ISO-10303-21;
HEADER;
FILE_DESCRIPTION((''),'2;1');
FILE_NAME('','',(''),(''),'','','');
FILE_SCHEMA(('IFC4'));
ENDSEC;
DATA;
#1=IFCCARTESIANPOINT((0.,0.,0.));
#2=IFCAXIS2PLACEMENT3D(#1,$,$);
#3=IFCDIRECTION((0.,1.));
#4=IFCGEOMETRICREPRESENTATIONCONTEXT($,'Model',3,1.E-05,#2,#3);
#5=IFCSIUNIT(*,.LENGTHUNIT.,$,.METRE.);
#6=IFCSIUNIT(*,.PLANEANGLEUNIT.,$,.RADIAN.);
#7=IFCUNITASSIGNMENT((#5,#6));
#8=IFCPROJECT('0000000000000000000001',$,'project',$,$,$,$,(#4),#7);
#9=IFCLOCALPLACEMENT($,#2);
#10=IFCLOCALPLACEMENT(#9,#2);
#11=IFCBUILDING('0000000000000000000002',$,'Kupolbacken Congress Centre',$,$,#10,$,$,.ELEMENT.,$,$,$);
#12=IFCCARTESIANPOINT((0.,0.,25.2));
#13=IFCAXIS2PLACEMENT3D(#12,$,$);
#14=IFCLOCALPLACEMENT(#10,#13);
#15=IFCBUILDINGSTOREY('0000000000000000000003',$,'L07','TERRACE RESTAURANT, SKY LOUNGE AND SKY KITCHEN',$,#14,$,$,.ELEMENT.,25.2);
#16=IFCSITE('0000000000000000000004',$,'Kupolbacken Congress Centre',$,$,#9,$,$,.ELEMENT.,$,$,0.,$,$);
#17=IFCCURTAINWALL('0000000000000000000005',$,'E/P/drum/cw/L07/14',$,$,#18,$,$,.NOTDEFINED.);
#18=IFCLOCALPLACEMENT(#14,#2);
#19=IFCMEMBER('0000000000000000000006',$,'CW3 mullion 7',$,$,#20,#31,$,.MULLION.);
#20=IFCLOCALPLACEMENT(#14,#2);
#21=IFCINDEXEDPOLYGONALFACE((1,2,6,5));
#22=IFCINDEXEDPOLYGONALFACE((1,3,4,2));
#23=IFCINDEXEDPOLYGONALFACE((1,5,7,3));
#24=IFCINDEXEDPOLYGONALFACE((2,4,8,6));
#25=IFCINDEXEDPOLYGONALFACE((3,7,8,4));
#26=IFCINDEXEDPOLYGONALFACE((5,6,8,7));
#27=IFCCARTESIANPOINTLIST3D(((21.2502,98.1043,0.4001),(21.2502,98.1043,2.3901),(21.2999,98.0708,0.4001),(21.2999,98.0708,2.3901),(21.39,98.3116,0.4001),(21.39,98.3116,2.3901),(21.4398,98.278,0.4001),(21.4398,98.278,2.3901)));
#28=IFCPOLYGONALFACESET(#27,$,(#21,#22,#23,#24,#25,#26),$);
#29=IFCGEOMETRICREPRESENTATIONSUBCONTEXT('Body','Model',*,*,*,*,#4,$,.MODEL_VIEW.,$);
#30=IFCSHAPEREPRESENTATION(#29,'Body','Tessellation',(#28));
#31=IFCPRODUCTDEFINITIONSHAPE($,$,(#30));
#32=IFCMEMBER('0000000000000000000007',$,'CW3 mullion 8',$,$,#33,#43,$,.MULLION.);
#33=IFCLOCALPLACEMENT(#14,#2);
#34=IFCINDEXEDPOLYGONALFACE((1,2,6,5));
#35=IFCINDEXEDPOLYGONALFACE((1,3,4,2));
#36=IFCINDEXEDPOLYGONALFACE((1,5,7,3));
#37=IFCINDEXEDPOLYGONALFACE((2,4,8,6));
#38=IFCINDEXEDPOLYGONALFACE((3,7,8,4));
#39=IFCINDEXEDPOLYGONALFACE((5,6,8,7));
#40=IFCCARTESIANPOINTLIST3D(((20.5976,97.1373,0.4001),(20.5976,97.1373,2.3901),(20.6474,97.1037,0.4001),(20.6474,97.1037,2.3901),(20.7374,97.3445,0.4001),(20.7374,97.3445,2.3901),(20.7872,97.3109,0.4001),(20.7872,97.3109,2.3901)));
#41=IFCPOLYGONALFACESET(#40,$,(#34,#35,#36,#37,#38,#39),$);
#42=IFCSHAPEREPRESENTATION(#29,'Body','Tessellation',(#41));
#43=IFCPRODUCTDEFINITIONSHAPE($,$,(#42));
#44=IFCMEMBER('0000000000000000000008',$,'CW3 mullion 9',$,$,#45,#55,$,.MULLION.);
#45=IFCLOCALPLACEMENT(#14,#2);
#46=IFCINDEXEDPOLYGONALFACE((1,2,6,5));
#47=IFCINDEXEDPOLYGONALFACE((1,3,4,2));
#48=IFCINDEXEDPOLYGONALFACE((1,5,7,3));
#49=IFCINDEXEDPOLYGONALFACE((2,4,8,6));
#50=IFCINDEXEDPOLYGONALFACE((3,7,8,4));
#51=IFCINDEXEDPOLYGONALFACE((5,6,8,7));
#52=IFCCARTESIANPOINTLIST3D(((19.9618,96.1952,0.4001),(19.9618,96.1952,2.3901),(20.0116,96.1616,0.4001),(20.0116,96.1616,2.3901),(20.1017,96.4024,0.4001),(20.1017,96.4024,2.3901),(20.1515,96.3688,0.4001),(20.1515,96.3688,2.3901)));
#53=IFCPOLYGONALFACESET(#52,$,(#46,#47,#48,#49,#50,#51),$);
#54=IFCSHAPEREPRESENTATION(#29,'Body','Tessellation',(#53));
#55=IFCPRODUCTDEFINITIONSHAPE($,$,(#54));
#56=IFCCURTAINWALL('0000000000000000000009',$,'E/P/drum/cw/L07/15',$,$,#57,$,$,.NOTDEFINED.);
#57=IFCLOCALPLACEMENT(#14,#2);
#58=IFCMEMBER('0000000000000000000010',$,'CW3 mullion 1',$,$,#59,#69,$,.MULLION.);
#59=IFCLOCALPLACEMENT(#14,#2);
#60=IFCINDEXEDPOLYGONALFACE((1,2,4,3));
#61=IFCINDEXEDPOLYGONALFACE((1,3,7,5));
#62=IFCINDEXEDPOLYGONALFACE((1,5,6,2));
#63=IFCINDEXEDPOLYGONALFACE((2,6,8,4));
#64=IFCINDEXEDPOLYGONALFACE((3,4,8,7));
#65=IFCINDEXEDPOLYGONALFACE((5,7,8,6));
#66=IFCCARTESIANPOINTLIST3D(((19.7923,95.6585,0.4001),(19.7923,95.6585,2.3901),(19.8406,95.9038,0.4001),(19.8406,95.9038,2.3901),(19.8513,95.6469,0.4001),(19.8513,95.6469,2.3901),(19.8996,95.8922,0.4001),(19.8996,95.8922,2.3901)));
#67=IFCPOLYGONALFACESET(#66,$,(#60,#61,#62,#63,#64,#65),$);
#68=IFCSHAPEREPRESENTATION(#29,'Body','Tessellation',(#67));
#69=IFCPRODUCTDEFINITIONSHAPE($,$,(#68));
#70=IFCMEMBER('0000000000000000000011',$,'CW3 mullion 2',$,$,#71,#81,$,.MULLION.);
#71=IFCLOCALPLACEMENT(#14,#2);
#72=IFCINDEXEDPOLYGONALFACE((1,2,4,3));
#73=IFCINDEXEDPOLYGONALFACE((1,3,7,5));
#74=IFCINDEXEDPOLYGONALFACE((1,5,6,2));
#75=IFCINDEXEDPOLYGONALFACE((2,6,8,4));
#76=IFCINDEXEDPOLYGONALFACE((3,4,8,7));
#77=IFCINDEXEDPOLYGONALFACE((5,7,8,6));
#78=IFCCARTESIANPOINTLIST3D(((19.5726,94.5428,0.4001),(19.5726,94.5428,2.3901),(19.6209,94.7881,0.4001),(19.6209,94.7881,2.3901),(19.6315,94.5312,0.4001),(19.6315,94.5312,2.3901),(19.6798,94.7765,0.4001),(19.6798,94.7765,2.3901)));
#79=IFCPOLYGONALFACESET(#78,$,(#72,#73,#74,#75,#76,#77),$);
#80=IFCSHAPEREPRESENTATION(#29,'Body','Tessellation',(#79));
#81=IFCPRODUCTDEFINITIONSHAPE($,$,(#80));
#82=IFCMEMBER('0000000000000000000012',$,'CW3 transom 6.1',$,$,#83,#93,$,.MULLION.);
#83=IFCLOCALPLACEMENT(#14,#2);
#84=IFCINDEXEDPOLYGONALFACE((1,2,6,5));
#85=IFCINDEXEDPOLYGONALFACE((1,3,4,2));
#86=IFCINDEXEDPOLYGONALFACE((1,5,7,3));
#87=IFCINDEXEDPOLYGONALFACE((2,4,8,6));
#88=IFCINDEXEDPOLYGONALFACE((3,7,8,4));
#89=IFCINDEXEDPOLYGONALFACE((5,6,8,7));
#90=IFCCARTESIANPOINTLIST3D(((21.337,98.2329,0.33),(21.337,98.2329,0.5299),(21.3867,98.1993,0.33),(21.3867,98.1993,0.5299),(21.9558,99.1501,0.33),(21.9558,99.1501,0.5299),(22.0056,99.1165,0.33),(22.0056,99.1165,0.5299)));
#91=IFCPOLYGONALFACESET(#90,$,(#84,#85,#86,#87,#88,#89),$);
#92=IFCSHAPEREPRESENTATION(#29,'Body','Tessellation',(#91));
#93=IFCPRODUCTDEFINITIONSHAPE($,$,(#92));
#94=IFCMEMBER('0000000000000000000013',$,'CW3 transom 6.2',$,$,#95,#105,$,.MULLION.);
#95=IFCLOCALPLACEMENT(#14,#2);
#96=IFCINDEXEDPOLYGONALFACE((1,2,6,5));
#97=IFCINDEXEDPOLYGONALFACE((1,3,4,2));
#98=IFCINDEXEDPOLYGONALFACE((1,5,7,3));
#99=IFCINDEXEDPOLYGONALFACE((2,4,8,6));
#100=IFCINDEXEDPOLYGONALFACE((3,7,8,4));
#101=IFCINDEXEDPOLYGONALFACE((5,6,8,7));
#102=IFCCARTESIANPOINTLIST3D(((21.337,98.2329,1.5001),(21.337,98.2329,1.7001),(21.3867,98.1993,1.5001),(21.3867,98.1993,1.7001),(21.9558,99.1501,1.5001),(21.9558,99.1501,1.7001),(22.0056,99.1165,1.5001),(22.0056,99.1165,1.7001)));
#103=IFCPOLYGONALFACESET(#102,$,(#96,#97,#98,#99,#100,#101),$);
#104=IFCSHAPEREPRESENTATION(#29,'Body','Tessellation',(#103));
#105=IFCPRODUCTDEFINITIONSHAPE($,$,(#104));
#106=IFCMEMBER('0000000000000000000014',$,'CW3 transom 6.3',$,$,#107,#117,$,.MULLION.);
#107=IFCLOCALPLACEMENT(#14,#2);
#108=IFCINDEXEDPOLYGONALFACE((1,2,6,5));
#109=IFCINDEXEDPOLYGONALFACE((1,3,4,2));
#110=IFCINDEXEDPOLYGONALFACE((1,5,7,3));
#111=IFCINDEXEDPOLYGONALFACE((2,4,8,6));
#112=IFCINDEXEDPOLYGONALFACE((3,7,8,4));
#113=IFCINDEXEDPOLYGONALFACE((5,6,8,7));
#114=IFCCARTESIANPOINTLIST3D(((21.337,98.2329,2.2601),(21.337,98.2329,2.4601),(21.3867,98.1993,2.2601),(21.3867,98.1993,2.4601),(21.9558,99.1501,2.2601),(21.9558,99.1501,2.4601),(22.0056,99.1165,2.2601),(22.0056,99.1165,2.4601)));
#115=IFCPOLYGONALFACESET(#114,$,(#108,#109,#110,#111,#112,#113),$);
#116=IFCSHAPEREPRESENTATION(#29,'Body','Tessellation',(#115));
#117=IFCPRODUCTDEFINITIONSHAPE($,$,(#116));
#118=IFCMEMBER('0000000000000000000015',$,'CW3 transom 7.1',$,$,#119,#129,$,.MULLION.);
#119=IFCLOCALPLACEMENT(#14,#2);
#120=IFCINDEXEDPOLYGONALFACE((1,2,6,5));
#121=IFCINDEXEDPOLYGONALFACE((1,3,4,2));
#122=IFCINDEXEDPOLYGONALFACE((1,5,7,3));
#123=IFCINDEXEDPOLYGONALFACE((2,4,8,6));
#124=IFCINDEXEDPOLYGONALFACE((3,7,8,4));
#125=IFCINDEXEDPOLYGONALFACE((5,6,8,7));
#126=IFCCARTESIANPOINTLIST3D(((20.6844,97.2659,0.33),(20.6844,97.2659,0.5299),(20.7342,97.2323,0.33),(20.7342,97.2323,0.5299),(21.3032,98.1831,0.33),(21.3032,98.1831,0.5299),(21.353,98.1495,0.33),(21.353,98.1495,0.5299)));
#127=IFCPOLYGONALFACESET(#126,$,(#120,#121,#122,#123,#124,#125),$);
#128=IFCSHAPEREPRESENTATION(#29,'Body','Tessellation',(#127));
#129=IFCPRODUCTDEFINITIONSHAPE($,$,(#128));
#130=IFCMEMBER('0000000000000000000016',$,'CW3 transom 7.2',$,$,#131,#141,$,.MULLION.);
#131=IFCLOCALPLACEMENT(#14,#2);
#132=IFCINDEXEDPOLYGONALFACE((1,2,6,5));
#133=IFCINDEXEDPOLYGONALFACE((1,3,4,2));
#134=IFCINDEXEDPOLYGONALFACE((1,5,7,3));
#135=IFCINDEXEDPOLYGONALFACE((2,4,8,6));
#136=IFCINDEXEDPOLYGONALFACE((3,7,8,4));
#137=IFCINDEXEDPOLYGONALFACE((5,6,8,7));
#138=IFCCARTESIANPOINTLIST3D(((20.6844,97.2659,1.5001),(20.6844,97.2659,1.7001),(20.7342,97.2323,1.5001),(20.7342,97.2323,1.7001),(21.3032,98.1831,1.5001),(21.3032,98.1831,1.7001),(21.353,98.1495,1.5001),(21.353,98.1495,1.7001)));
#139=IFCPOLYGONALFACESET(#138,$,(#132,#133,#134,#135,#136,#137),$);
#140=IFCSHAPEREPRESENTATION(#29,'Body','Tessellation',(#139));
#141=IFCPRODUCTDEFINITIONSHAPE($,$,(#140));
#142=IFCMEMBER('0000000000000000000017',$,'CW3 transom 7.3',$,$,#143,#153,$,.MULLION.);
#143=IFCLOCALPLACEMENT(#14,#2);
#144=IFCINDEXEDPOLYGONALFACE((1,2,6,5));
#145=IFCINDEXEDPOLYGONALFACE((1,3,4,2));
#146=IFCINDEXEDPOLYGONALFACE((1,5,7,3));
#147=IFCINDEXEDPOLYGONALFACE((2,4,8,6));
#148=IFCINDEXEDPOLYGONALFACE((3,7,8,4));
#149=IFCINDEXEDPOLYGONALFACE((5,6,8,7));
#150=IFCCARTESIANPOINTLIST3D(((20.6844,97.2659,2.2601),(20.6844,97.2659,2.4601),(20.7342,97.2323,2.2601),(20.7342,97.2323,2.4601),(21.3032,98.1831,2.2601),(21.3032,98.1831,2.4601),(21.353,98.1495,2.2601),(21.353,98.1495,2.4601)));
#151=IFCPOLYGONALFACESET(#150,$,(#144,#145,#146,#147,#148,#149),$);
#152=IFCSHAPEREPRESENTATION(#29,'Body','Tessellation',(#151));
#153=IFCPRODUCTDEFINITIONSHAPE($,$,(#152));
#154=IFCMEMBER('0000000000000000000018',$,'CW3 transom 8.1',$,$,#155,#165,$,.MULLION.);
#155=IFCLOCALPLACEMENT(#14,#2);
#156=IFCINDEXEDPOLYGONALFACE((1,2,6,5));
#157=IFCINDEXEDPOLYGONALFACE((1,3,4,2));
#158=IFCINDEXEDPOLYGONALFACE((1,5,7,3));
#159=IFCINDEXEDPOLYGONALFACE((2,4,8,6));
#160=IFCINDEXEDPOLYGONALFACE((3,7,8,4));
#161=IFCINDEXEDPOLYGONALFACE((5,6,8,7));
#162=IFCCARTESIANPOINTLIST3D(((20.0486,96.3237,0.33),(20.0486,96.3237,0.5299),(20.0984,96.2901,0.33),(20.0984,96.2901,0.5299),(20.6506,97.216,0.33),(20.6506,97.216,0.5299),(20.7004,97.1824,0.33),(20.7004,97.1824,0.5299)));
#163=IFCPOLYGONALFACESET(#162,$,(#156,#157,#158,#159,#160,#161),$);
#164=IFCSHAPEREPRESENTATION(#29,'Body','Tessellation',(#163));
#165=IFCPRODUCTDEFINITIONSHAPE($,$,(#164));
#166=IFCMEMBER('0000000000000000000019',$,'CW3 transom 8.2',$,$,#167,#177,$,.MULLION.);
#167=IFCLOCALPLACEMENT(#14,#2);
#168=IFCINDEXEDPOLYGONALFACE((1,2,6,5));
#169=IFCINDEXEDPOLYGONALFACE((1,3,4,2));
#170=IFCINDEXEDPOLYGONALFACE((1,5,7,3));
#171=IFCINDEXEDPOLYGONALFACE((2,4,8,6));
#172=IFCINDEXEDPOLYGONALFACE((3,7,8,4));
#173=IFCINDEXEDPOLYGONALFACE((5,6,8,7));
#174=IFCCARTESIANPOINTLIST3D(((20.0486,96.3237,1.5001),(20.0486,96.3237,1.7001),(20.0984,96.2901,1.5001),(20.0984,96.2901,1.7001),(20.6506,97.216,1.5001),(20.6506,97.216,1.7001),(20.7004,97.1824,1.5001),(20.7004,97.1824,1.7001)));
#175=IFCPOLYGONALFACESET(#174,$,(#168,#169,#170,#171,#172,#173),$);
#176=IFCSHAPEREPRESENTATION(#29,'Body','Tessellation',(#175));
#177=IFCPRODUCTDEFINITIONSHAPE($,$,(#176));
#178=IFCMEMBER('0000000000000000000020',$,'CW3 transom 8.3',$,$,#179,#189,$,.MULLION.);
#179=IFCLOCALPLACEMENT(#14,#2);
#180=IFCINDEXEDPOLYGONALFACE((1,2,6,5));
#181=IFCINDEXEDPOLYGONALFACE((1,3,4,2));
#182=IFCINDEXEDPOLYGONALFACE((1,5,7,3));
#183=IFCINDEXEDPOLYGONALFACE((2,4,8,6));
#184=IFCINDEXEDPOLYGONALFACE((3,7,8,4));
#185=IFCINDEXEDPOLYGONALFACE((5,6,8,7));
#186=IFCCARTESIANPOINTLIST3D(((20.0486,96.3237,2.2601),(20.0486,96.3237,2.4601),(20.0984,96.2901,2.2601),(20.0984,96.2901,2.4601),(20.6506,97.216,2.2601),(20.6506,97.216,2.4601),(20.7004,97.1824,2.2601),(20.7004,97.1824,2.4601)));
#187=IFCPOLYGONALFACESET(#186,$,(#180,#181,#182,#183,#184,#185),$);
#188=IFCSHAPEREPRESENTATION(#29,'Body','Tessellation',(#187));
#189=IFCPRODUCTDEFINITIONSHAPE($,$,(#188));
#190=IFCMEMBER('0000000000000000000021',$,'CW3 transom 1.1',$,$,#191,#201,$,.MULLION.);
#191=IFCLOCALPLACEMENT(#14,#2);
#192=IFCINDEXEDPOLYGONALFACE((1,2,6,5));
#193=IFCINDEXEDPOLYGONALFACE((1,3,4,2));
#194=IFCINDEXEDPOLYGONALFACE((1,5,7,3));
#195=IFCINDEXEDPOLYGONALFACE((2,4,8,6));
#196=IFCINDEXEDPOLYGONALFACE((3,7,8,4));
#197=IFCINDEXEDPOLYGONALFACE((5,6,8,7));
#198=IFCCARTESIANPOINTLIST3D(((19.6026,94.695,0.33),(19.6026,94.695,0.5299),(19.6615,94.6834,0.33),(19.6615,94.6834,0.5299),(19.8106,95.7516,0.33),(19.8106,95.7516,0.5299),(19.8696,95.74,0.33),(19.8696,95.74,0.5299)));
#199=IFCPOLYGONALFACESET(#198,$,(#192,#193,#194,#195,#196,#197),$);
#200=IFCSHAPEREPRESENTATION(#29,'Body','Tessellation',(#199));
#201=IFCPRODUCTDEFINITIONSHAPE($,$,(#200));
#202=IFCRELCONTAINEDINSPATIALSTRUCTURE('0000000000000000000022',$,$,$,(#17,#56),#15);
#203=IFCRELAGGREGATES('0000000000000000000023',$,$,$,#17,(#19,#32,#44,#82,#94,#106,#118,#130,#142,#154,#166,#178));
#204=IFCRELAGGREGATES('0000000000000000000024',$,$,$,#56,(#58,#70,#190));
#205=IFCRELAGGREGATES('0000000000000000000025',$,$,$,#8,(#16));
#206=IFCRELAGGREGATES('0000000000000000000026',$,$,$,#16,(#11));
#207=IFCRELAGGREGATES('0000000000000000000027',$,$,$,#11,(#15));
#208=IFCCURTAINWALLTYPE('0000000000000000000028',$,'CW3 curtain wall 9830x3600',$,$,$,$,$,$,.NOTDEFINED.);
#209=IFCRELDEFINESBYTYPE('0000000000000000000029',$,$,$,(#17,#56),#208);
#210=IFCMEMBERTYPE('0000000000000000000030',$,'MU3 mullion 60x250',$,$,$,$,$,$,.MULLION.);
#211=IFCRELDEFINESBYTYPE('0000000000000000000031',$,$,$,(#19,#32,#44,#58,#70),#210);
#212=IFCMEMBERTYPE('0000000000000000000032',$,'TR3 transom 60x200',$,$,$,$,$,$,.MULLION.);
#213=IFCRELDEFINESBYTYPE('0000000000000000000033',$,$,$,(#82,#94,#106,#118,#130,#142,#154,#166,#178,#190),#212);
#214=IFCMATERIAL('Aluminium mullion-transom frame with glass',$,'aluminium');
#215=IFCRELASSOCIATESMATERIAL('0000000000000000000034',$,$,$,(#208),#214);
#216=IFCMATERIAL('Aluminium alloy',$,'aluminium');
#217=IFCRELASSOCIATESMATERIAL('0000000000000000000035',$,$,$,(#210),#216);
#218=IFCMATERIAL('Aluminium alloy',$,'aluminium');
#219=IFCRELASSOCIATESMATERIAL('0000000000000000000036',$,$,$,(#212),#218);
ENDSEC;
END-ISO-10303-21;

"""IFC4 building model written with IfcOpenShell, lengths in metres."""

from ifc_helpers import new_model, si_unit, direction, frame, origin, origin_2d, place, context, subcontext, project, spatial, rectangle, extrude, material, material_profile, profile_set, type_object, element, aggregate, save


model = new_model("IFC4")

# Units and contexts
model_context = context("Model", 3, precision=1e-05, world=origin(), true_north=direction((0.0, 1.0)))
body_context = subcontext(model_context, "Body", "Model", "MODEL_VIEW")
ifc_project = project(units=[si_unit("LENGTHUNIT", "METRE"), si_unit("PLANEANGLEUNIT", "RADIAN")], contexts=[model_context])

# Site, building, storey
site_placement = place(None, origin())
site = spatial("IfcSite", under=ifc_project, at=site_placement, Name="Kupolbacken Congress Centre", CompositionType="ELEMENT", RefElevation=0.0)
building_placement = place(site_placement, origin())
building = spatial("IfcBuilding", under=site, at=building_placement, Name="Kupolbacken Congress Centre", CompositionType="ELEMENT")
storey_placement = place(building_placement, frame((0.0, 0.0, 25.2)))
storey = spatial("IfcBuildingStorey", under=building, at=storey_placement, Name="L07", Description="TERRACE RESTAURANT, SKY LOUNGE AND SKY KITCHEN", CompositionType="ELEMENT", Elevation=25.2)

# Curtain walls, members
ifc_material_1 = material(Name="Aluminium mullion-transom frame with glass", Category="aluminium")
curtain_wall_type = type_object("IfcCurtainWallType", Name="CW3 curtain wall 9830x3600", PredefinedType="NOTDEFINED", material=ifc_material_1)
curtain_wall_1_placement = place(storey_placement, origin())
curtain_wall_1 = element("IfcCurtainWall", 1, at=curtain_wall_1_placement, inside=storey, type_object=curtain_wall_type, Name="E/P/drum/cw/L07/14", PredefinedType="NOTDEFINED")
ifc_material_2 = material(Name="Aluminium alloy", Category="aluminium")
ifc_material_profile_1 = material_profile(ifc_material_2, rectangle(XDim=0.0601, YDim=0.25, at=origin_2d()), Name="60 x 250")
ifc_profile_set_1 = profile_set([ifc_material_profile_1], Name="Aluminium alloy")
member_type_1 = type_object("IfcMemberType", Name="MU3 mullion 60x250", PredefinedType="MULLION", material=ifc_profile_set_1)
member_1_placement = place(storey_placement, frame((21.345, 98.1912, 0.4001), z_axis=(0.0, 0.0, 1.0), x_axis=(0.828908, -0.559386, 0.0)))
member_1 = element("IfcMember", 2, at=member_1_placement, type_object=member_type_1, Name="CW3 mullion 7", PredefinedType="MULLION", context=body_context, shape_type="SweptSolid", body=[
    extrude(rectangle(XDim=0.0601, YDim=0.25, at=origin_2d()), origin(), (0.0, 0.0, 1.0), 1.99),
])
member_2_placement = place(storey_placement, frame((20.6924, 97.2241, 0.4001), z_axis=(0.0, 0.0, 1.0), x_axis=(0.828908, -0.559386, 0.0)))
member_2 = element("IfcMember", 3, at=member_2_placement, type_object=member_type_1, Name="CW3 mullion 8", PredefinedType="MULLION", context=body_context, shape_type="SweptSolid", body=[
    extrude(rectangle(XDim=0.0601, YDim=0.25, at=origin_2d()), origin(), (0.0, 0.0, 1.0), 1.99),
])
member_3_placement = place(storey_placement, frame((20.0566, 96.282, 0.4001), z_axis=(0.0, 0.0, 1.0), x_axis=(0.828908, -0.559386, 0.0)))
member_3 = element("IfcMember", 4, at=member_3_placement, type_object=member_type_1, Name="CW3 mullion 9", PredefinedType="MULLION", context=body_context, shape_type="SweptSolid", body=[
    extrude(rectangle(XDim=0.0601, YDim=0.25, at=origin_2d()), origin(), (0.0, 0.0, 1.0), 1.99),
])
curtain_wall_2_placement = place(storey_placement, origin())
curtain_wall_2 = element("IfcCurtainWall", 5, at=curtain_wall_2_placement, inside=storey, type_object=curtain_wall_type, Name="E/P/drum/cw/L07/15", PredefinedType="NOTDEFINED")
member_4_placement = place(storey_placement, frame((19.8459, 95.7754, 0.4001), z_axis=(0.0, 0.0, 1.0), x_axis=(0.981163, -0.193182, 0.0)))
member_4 = element("IfcMember", 6, at=member_4_placement, type_object=member_type_1, Name="CW3 mullion 1", PredefinedType="MULLION", context=body_context, shape_type="SweptSolid", body=[
    extrude(rectangle(XDim=0.0601, YDim=0.25, at=origin_2d()), origin(), (0.0, 0.0, 1.0), 1.99),
])
member_5_placement = place(storey_placement, frame((19.6262, 94.6597, 0.4001), z_axis=(0.0, 0.0, 1.0), x_axis=(0.981163, -0.193182, 0.0)))
member_5 = element("IfcMember", 7, at=member_5_placement, type_object=member_type_1, Name="CW3 mullion 2", PredefinedType="MULLION", context=body_context, shape_type="SweptSolid", body=[
    extrude(rectangle(XDim=0.0601, YDim=0.25, at=origin_2d()), origin(), (0.0, 0.0, 1.0), 1.99),
])

# Members
ifc_material_3 = material(Name="Aluminium alloy", Category="aluminium")
ifc_material_profile_2 = material_profile(ifc_material_3, rectangle(XDim=0.0601, YDim=0.2, at=origin_2d()), Name="60 x 200")
ifc_profile_set_2 = profile_set([ifc_material_profile_2], Name="Aluminium alloy")
member_type_2 = type_object("IfcMemberType", Name="TR3 transom 60x200", PredefinedType="MULLION", material=ifc_profile_set_2)
member_6_placement = place(storey_placement, frame((21.9807, 99.1333, 0.4299), z_axis=(-0.559325, -0.828948, 0.0), x_axis=(0.828948, -0.559325, 0.0)))
member_6 = element("IfcMember", 8, at=member_6_placement, type_object=member_type_2, Name="CW3 transom 6.1", PredefinedType="MULLION", context=body_context, shape_type="SweptSolid", body=[
    extrude(rectangle(XDim=0.0601, YDim=0.2, at=origin_2d()), origin(), (0.0, 0.0, 1.0), 1.1064),
])
member_7_placement = place(storey_placement, frame((21.9807, 99.1333, 1.6001), z_axis=(-0.559325, -0.828948, 0.0), x_axis=(0.828948, -0.559325, 0.0)))
member_7 = element("IfcMember", 9, at=member_7_placement, type_object=member_type_2, Name="CW3 transom 6.2", PredefinedType="MULLION", context=body_context, shape_type="SweptSolid", body=[
    extrude(rectangle(XDim=0.0601, YDim=0.2, at=origin_2d()), origin(), (0.0, 0.0, 1.0), 1.1064),
])
member_8_placement = place(storey_placement, frame((21.9807, 99.1333, 2.3601), z_axis=(-0.559325, -0.828948, 0.0), x_axis=(0.828948, -0.559325, 0.0)))
member_8 = element("IfcMember", 10, at=member_8_placement, type_object=member_type_2, Name="CW3 transom 6.3", PredefinedType="MULLION", context=body_context, shape_type="SweptSolid", body=[
    extrude(rectangle(XDim=0.0601, YDim=0.2, at=origin_2d()), origin(), (0.0, 0.0, 1.0), 1.1064),
])
member_9_placement = place(storey_placement, frame((21.3281, 98.1663, 0.4299), z_axis=(-0.559325, -0.828948, 0.0), x_axis=(0.828948, -0.559325, 0.0)))
member_9 = element("IfcMember", 11, at=member_9_placement, type_object=member_type_2, Name="CW3 transom 7.1", PredefinedType="MULLION", context=body_context, shape_type="SweptSolid", body=[
    extrude(rectangle(XDim=0.0601, YDim=0.2, at=origin_2d()), origin(), (0.0, 0.0, 1.0), 1.1064),
])
member_10_placement = place(storey_placement, frame((21.3281, 98.1663, 1.6001), z_axis=(-0.559325, -0.828948, 0.0), x_axis=(0.828948, -0.559325, 0.0)))
member_10 = element("IfcMember", 12, at=member_10_placement, type_object=member_type_2, Name="CW3 transom 7.2", PredefinedType="MULLION", context=body_context, shape_type="SweptSolid", body=[
    extrude(rectangle(XDim=0.0601, YDim=0.2, at=origin_2d()), origin(), (0.0, 0.0, 1.0), 1.1064),
])
member_11_placement = place(storey_placement, frame((21.3281, 98.1663, 2.3601), z_axis=(-0.559325, -0.828948, 0.0), x_axis=(0.828948, -0.559325, 0.0)))
member_11 = element("IfcMember", 13, at=member_11_placement, type_object=member_type_2, Name="CW3 transom 7.3", PredefinedType="MULLION", context=body_context, shape_type="SweptSolid", body=[
    extrude(rectangle(XDim=0.0601, YDim=0.2, at=origin_2d()), origin(), (0.0, 0.0, 1.0), 1.1064),
])
member_12_placement = place(storey_placement, frame((20.6755, 97.1992, 0.4299), z_axis=(-0.559298, -0.828967, 0.0), x_axis=(0.828967, -0.559298, 0.0)))
member_12 = element("IfcMember", 14, at=member_12_placement, type_object=member_type_2, Name="CW3 transom 8.1", PredefinedType="MULLION", context=body_context, shape_type="SweptSolid", body=[
    extrude(rectangle(XDim=0.0601, YDim=0.2, at=origin_2d()), origin(), (0.0, 0.0, 1.0), 1.0764),
])
member_13_placement = place(storey_placement, frame((20.6755, 97.1992, 1.6001), z_axis=(-0.559298, -0.828967, 0.0), x_axis=(0.828967, -0.559298, 0.0)))
member_13 = element("IfcMember", 15, at=member_13_placement, type_object=member_type_2, Name="CW3 transom 8.2", PredefinedType="MULLION", context=body_context, shape_type="SweptSolid", body=[
    extrude(rectangle(XDim=0.0601, YDim=0.2, at=origin_2d()), origin(), (0.0, 0.0, 1.0), 1.0764),
])
member_14_placement = place(storey_placement, frame((20.6755, 97.1992, 2.3601), z_axis=(-0.559298, -0.828967, 0.0), x_axis=(0.828967, -0.559298, 0.0)))
member_14 = element("IfcMember", 16, at=member_14_placement, type_object=member_type_2, Name="CW3 transom 8.3", PredefinedType="MULLION", context=body_context, shape_type="SweptSolid", body=[
    extrude(rectangle(XDim=0.0601, YDim=0.2, at=origin_2d()), origin(), (0.0, 0.0, 1.0), 1.0764),
])
member_15_placement = place(storey_placement, frame((19.8401, 95.7458, 0.4299), z_axis=(-0.193151, -0.981169, 0.0), x_axis=(0.981169, -0.193151, 0.0)))
member_15 = element("IfcMember", 17, at=member_15_placement, type_object=member_type_2, Name="CW3 transom 1.1", PredefinedType="MULLION", context=body_context, shape_type="SweptSolid", body=[
    extrude(rectangle(XDim=0.0601, YDim=0.2, at=origin_2d()), origin(), (0.0, 0.0, 1.0), 1.0769),
])

aggregate(curtain_wall_1, [member_1, member_2, member_3, member_6, member_7, member_8, member_9, member_10, member_11, member_12, member_13, member_14])
aggregate(curtain_wall_2, [member_4, member_5, member_15])

save(model, "model.ifc")
